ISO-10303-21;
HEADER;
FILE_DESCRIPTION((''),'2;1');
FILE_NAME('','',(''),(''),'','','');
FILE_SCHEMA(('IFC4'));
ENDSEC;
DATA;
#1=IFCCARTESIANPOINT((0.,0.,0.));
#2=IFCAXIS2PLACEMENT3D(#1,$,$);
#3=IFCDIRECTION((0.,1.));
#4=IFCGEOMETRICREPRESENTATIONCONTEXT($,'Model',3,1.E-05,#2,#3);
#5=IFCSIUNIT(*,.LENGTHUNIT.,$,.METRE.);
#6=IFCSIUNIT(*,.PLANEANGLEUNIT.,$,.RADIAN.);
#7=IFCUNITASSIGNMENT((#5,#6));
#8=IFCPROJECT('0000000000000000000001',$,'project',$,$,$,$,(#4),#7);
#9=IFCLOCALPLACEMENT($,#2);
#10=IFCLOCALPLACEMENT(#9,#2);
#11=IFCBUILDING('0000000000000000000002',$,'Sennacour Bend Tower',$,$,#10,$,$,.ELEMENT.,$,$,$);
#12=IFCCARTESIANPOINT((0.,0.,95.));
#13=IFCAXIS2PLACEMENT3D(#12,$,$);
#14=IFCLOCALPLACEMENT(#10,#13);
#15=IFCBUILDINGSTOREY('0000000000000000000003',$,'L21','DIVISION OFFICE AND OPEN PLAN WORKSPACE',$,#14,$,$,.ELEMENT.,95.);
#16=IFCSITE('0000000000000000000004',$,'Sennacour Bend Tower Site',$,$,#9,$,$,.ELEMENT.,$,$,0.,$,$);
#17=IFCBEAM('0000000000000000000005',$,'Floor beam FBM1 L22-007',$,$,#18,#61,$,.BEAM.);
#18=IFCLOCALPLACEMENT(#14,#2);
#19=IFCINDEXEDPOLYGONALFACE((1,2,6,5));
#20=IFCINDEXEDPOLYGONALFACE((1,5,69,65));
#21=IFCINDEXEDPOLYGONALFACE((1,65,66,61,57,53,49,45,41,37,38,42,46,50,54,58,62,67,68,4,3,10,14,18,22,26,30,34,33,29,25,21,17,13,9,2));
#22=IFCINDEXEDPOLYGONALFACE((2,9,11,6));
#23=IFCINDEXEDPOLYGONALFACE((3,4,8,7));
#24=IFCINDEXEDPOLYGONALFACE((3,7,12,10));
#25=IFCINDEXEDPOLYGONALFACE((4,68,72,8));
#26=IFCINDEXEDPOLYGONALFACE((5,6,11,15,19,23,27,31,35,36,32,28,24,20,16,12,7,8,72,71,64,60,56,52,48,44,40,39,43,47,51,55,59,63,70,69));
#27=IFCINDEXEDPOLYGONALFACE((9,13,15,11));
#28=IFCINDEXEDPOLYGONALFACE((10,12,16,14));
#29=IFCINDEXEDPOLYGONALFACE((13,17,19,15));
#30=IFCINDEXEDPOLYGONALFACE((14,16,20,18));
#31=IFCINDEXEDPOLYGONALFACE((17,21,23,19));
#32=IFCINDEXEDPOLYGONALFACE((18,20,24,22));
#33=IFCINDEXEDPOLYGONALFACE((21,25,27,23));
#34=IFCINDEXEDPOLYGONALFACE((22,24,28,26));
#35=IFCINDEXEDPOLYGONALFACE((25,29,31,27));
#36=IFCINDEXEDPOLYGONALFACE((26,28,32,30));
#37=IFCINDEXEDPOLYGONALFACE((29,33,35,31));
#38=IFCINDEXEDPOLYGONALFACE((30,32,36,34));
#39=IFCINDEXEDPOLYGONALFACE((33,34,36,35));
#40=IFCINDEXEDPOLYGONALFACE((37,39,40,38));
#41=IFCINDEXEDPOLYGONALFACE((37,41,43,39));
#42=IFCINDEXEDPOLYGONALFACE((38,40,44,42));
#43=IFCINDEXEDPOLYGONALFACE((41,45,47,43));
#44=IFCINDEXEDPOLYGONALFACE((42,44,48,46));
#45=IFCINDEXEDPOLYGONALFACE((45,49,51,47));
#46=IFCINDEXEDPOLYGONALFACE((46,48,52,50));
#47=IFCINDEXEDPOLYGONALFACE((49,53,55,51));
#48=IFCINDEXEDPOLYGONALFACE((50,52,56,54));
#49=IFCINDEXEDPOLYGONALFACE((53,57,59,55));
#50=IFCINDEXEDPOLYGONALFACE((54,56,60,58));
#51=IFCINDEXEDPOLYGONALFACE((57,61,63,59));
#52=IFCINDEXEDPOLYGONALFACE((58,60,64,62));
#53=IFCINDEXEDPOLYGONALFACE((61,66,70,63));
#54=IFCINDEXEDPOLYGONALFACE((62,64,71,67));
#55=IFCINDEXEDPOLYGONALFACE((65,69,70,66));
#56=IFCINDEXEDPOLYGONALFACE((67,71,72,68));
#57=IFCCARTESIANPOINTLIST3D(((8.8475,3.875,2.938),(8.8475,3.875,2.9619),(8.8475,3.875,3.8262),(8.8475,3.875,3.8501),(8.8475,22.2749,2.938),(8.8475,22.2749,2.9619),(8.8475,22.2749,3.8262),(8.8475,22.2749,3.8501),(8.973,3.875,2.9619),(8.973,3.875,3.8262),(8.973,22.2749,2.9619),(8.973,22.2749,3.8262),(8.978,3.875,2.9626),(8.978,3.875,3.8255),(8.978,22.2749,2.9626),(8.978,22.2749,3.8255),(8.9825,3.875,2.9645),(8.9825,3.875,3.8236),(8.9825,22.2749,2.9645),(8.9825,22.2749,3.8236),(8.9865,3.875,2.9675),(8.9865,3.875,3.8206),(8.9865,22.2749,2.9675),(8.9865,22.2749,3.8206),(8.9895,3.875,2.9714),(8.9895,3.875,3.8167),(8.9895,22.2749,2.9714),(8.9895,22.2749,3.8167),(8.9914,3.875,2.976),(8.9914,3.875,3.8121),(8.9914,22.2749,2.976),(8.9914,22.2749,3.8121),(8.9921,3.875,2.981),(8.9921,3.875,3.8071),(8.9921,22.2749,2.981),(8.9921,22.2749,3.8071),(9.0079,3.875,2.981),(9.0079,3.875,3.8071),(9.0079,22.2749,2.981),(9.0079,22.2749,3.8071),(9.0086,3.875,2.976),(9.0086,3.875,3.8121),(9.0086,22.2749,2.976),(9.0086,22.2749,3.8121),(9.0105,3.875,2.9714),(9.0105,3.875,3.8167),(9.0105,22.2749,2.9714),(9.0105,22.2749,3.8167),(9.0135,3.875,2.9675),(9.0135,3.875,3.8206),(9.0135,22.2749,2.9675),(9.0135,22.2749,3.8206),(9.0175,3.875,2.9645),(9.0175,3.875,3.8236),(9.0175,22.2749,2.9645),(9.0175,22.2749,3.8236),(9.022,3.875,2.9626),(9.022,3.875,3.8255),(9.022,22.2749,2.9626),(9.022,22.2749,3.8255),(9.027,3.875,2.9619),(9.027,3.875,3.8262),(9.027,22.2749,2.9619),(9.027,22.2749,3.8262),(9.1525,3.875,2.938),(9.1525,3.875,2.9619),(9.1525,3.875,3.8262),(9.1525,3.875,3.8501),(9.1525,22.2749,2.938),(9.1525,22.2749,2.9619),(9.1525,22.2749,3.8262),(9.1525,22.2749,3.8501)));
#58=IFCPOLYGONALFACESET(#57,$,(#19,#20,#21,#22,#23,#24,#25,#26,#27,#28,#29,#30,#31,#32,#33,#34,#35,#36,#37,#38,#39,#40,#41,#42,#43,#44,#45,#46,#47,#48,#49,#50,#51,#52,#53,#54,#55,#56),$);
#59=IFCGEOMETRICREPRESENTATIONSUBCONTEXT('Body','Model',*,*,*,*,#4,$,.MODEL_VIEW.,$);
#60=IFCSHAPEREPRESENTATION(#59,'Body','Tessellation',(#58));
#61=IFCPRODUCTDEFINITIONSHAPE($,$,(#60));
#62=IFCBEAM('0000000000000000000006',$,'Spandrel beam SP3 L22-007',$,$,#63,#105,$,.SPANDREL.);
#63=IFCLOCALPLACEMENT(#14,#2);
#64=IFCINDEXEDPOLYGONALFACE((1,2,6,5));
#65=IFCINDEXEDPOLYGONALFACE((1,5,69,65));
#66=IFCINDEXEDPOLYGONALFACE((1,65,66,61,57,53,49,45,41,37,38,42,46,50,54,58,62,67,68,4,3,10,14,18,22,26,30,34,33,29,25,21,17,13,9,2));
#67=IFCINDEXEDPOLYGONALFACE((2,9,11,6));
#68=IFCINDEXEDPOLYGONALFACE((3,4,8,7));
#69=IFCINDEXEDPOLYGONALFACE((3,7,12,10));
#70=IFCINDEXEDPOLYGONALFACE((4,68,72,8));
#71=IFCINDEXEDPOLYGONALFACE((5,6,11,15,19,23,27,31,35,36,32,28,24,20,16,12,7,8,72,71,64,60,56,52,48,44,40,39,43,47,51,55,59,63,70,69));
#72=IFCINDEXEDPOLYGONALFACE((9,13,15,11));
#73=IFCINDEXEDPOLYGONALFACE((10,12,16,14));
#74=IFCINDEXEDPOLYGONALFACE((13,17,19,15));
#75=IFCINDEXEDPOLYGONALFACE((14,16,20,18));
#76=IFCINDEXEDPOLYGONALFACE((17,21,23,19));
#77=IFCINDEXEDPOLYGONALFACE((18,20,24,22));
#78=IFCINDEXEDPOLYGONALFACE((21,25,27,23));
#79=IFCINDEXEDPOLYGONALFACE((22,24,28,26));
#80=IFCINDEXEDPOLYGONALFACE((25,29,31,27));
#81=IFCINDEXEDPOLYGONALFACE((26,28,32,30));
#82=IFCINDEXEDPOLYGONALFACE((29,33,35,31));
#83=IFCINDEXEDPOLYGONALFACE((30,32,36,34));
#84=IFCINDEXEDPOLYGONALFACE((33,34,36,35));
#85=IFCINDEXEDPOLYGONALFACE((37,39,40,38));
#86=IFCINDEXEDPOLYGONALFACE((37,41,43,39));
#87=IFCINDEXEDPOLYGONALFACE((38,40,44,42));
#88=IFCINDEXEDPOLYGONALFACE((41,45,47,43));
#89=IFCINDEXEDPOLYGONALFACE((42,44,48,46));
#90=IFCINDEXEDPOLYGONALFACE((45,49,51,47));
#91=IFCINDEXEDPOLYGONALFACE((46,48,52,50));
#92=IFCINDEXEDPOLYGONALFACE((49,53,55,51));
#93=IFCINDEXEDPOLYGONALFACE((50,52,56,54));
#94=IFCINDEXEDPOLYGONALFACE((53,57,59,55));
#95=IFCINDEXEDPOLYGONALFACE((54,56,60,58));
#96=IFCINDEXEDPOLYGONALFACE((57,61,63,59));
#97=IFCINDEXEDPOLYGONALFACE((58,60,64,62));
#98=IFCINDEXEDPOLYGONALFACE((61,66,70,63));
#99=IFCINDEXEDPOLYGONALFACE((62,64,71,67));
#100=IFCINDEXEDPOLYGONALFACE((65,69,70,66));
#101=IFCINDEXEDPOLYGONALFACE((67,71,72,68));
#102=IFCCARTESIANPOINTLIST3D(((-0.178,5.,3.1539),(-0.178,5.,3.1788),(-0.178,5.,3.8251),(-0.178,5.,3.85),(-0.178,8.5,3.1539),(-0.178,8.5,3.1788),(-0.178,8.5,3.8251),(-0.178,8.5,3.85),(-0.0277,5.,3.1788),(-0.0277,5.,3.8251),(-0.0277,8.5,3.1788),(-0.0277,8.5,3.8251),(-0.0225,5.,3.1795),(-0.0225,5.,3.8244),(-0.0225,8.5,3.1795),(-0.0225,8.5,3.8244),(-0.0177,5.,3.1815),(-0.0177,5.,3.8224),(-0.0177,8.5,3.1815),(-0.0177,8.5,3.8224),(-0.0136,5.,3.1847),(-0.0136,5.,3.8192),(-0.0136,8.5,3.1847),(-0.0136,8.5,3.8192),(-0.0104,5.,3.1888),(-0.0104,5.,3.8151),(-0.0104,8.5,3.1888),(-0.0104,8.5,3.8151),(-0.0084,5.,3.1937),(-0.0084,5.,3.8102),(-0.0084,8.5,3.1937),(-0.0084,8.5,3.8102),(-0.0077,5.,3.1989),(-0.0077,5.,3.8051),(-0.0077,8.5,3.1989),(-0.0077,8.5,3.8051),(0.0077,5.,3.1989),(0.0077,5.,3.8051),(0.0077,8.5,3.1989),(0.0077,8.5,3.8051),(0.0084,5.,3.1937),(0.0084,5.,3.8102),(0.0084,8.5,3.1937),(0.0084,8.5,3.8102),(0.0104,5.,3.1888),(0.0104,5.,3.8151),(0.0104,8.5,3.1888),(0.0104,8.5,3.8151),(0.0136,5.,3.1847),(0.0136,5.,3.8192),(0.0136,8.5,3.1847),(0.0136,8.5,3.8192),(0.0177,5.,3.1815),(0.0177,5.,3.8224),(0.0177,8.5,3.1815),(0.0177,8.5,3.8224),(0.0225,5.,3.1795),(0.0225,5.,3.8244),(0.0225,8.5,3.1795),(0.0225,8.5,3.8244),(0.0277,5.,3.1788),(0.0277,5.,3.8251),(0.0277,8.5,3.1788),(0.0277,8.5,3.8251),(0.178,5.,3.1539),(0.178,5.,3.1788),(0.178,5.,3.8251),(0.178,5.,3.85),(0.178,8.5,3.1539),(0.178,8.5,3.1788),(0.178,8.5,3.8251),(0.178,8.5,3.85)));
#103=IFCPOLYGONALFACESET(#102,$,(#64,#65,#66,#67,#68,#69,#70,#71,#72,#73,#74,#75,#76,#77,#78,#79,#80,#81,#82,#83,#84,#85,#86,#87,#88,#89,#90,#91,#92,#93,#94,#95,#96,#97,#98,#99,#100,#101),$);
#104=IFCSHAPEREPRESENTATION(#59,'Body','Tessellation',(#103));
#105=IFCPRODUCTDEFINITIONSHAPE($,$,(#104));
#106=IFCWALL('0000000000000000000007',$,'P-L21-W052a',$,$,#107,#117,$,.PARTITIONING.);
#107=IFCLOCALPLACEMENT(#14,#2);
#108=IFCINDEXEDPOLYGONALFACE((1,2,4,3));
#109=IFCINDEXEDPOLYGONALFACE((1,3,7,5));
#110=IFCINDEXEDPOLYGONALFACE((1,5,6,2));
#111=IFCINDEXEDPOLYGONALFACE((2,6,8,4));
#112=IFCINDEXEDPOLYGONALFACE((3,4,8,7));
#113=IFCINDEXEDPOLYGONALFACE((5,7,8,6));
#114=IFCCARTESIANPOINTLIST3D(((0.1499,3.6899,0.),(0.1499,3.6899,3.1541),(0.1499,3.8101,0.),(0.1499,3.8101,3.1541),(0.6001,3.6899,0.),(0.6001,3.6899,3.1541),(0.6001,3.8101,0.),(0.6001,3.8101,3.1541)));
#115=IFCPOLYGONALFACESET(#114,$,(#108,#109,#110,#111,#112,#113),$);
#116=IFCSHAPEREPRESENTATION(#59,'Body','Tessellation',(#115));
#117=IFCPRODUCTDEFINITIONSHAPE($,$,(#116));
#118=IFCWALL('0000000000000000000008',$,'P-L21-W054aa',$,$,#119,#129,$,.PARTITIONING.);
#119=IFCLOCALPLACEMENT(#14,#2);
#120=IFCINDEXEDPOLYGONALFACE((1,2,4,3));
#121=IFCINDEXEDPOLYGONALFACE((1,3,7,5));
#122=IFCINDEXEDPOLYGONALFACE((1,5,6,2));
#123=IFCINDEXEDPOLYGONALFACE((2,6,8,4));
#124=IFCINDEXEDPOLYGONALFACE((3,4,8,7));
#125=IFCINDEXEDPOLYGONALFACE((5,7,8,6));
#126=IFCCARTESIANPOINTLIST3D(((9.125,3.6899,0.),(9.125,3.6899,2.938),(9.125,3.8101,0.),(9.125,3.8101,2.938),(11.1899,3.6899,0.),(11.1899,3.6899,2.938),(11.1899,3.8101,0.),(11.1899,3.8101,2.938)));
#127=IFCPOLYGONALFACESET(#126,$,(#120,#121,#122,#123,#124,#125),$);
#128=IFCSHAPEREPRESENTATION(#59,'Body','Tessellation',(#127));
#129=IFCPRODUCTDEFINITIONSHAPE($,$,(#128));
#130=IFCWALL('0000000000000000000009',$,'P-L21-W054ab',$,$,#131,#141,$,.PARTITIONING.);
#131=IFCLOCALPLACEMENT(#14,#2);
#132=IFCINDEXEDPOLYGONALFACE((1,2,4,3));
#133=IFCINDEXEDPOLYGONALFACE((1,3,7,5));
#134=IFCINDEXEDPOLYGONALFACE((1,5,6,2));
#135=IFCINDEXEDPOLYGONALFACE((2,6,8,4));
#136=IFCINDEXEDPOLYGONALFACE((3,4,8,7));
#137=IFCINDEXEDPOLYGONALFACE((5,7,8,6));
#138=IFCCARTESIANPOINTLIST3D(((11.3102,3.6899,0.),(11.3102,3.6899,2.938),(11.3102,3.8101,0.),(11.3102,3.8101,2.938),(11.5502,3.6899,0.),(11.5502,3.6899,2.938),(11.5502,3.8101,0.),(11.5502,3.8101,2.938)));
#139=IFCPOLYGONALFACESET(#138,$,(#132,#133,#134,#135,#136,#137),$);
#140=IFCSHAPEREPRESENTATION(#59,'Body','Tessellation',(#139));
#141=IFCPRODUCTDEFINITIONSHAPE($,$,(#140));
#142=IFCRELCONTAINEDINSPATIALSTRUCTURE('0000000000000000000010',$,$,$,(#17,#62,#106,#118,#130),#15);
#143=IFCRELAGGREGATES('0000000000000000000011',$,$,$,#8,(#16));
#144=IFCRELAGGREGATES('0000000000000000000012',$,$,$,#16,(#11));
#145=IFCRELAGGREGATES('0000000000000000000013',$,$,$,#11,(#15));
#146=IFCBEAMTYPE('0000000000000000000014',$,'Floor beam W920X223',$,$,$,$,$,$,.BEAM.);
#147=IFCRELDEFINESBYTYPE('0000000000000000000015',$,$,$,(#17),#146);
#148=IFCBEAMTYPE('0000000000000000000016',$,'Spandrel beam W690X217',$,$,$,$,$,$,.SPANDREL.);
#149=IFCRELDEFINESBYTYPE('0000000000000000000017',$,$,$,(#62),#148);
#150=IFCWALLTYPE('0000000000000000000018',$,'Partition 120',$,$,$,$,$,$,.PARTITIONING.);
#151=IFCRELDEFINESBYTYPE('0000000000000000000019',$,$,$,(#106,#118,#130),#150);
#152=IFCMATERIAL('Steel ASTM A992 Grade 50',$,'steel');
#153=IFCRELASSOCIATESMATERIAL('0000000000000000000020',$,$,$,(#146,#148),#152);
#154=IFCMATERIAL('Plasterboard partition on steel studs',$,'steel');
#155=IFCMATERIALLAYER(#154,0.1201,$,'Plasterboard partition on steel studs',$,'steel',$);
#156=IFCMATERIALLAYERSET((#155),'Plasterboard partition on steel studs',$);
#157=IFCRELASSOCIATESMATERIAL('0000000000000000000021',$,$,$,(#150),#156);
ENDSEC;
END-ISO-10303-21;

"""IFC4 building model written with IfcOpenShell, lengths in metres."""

from ifc_helpers import new_model, si_unit, direction, frame, frame_2d, origin, origin_2d, place, context, subcontext, project, spatial, rectangle, i_section, extrude, material, layer, layer_set, material_profile, profile_set, type_object, element, save


model = new_model("IFC4")

# Units and contexts
model_context = context("Model", 3, precision=1e-05, world=origin(), true_north=direction((0.0, 1.0)))
body_context = subcontext(model_context, "Body", "Model", "MODEL_VIEW")
ifc_project = project(units=[si_unit("LENGTHUNIT", "METRE"), si_unit("PLANEANGLEUNIT", "RADIAN")], contexts=[model_context])

# Site, building, storey
site_placement = place(None, origin())
site = spatial("IfcSite", under=ifc_project, at=site_placement, Name="Sennacour Bend Tower Site", CompositionType="ELEMENT", RefElevation=0.0)
building_placement = place(site_placement, origin())
building = spatial("IfcBuilding", under=site, at=building_placement, Name="Sennacour Bend Tower", CompositionType="ELEMENT")
storey_placement = place(building_placement, frame((0.0, 0.0, 95.0)))
storey = spatial("IfcBuildingStorey", under=building, at=storey_placement, Name="L21", Description="DIVISION OFFICE AND OPEN PLAN WORKSPACE", CompositionType="ELEMENT", Elevation=95.0)

# Beams
ifc_material_1 = material(Name="Steel ASTM A992 Grade 50", Category="steel")
ifc_material_profile_1 = material_profile(ifc_material_1, i_section(OverallWidth=0.3049, OverallDepth=0.9121, WebThickness=0.0159, FlangeThickness=0.0239, FilletRadius=0.019, at=origin_2d()), Name="Steel ASTM A992 Grade 50", Category="steel")
ifc_profile_set_1 = profile_set([ifc_material_profile_1], Name="Steel ASTM A992 Grade 50")
beam_type_1 = type_object("IfcBeamType", Name="Floor beam W920X223", PredefinedType="BEAM", material=ifc_profile_set_1)
for number, where, z_axis, x_axis, name in (
    (1, (9.0, 3.875, 3.394), (0.0, 1.0, 0.0), (-1.0, 0.0, 0.0), "Floor beam FBM1 L22-007"),
):
    element("IfcBeam", number, at=place(storey_placement, frame(where, z_axis=z_axis, x_axis=x_axis)), inside=storey, type_object=beam_type_1, Name=name, PredefinedType="BEAM", context=body_context, shape_type="SweptSolid", body=[
        extrude(i_section(OverallWidth=0.3049, OverallDepth=0.9121, WebThickness=0.0159, FlangeThickness=0.0239, FilletRadius=0.019, at=origin_2d()), origin(), (0.0, 0.0, 1.0), 18.3999),
    ])
ifc_material_profile_2 = material_profile(ifc_material_1, i_section(OverallWidth=0.356, OverallDepth=0.696, WebThickness=0.0154, FlangeThickness=0.0249, FilletRadius=0.02, at=origin_2d()), Name="Steel ASTM A992 Grade 50", Category="steel")
ifc_profile_set_2 = profile_set([ifc_material_profile_2], Name="Steel ASTM A992 Grade 50")
beam_type_2 = type_object("IfcBeamType", Name="Spandrel beam W690X217", PredefinedType="SPANDREL", material=ifc_profile_set_2)
beam_placement = place(storey_placement, frame((0.0, 5.0, 3.502), z_axis=(0.0, 1.0, 0.0), x_axis=(-1.0, 0.0, 0.0)))
element("IfcBeam", 2, at=beam_placement, inside=storey, type_object=beam_type_2, Name="Spandrel beam SP3 L22-007", PredefinedType="SPANDREL", context=body_context, shape_type="SweptSolid", body=[
    extrude(i_section(OverallWidth=0.356, OverallDepth=0.696, WebThickness=0.0154, FlangeThickness=0.0249, FilletRadius=0.02, at=origin_2d()), origin(), (0.0, 0.0, 1.0), 3.5),
])

# Walls
ifc_material_2 = material(Name="Plasterboard partition on steel studs", Category="steel")
ifc_layer_1 = layer(ifc_material_2, 0.1201, Name="Plasterboard partition on steel studs", Category="steel")
ifc_layer_set_1 = layer_set([ifc_layer_1], Name="Plasterboard partition on steel studs")
wall_type_1 = type_object("IfcWallType", Name="Partition 120", PredefinedType="PARTITIONING", material=ifc_layer_set_1)
wall_1_placement = place(storey_placement, frame((0.1499, 3.75, 0.0), z_axis=(0.0, 0.0, 1.0), x_axis=(1.0, 0.0, 0.0)))
element("IfcWall", 3, at=wall_1_placement, inside=storey, type_object=wall_type_1, Name="P-L21-W052a", PredefinedType="PARTITIONING", context=body_context, shape_type="SweptSolid", body=[
    extrude(rectangle(XDim=0.4502, YDim=0.1201, at=frame_2d((0.2251, 0.0))), origin(), (0.0, 0.0, 1.0), 3.1541),
])
wall_2_placement = place(storey_placement, frame((9.125, 3.75, 0.0), z_axis=(0.0, 0.0, 1.0), x_axis=(1.0, 0.0, 0.0)))
element("IfcWall", 4, at=wall_2_placement, inside=storey, type_object=wall_type_1, Name="P-L21-W054aa", PredefinedType="PARTITIONING", context=body_context, shape_type="SweptSolid", body=[
    extrude(rectangle(XDim=2.0649, YDim=0.1201, at=frame_2d((1.0325, 0.0))), origin(), (0.0, 0.0, 1.0), 2.938),
])
wall_3_placement = place(storey_placement, frame((11.3101, 3.75, 0.0), z_axis=(0.0, 0.0, 1.0), x_axis=(1.0, 0.0, 0.0)))
element("IfcWall", 5, at=wall_3_placement, inside=storey, type_object=wall_type_1, Name="P-L21-W054ab", PredefinedType="PARTITIONING", context=body_context, shape_type="SweptSolid", body=[
    extrude(rectangle(XDim=0.24, YDim=0.1201, at=frame_2d((0.1201, 0.0))), origin(), (0.0, 0.0, 1.0), 2.938),
])

save(model, "model.ifc")
